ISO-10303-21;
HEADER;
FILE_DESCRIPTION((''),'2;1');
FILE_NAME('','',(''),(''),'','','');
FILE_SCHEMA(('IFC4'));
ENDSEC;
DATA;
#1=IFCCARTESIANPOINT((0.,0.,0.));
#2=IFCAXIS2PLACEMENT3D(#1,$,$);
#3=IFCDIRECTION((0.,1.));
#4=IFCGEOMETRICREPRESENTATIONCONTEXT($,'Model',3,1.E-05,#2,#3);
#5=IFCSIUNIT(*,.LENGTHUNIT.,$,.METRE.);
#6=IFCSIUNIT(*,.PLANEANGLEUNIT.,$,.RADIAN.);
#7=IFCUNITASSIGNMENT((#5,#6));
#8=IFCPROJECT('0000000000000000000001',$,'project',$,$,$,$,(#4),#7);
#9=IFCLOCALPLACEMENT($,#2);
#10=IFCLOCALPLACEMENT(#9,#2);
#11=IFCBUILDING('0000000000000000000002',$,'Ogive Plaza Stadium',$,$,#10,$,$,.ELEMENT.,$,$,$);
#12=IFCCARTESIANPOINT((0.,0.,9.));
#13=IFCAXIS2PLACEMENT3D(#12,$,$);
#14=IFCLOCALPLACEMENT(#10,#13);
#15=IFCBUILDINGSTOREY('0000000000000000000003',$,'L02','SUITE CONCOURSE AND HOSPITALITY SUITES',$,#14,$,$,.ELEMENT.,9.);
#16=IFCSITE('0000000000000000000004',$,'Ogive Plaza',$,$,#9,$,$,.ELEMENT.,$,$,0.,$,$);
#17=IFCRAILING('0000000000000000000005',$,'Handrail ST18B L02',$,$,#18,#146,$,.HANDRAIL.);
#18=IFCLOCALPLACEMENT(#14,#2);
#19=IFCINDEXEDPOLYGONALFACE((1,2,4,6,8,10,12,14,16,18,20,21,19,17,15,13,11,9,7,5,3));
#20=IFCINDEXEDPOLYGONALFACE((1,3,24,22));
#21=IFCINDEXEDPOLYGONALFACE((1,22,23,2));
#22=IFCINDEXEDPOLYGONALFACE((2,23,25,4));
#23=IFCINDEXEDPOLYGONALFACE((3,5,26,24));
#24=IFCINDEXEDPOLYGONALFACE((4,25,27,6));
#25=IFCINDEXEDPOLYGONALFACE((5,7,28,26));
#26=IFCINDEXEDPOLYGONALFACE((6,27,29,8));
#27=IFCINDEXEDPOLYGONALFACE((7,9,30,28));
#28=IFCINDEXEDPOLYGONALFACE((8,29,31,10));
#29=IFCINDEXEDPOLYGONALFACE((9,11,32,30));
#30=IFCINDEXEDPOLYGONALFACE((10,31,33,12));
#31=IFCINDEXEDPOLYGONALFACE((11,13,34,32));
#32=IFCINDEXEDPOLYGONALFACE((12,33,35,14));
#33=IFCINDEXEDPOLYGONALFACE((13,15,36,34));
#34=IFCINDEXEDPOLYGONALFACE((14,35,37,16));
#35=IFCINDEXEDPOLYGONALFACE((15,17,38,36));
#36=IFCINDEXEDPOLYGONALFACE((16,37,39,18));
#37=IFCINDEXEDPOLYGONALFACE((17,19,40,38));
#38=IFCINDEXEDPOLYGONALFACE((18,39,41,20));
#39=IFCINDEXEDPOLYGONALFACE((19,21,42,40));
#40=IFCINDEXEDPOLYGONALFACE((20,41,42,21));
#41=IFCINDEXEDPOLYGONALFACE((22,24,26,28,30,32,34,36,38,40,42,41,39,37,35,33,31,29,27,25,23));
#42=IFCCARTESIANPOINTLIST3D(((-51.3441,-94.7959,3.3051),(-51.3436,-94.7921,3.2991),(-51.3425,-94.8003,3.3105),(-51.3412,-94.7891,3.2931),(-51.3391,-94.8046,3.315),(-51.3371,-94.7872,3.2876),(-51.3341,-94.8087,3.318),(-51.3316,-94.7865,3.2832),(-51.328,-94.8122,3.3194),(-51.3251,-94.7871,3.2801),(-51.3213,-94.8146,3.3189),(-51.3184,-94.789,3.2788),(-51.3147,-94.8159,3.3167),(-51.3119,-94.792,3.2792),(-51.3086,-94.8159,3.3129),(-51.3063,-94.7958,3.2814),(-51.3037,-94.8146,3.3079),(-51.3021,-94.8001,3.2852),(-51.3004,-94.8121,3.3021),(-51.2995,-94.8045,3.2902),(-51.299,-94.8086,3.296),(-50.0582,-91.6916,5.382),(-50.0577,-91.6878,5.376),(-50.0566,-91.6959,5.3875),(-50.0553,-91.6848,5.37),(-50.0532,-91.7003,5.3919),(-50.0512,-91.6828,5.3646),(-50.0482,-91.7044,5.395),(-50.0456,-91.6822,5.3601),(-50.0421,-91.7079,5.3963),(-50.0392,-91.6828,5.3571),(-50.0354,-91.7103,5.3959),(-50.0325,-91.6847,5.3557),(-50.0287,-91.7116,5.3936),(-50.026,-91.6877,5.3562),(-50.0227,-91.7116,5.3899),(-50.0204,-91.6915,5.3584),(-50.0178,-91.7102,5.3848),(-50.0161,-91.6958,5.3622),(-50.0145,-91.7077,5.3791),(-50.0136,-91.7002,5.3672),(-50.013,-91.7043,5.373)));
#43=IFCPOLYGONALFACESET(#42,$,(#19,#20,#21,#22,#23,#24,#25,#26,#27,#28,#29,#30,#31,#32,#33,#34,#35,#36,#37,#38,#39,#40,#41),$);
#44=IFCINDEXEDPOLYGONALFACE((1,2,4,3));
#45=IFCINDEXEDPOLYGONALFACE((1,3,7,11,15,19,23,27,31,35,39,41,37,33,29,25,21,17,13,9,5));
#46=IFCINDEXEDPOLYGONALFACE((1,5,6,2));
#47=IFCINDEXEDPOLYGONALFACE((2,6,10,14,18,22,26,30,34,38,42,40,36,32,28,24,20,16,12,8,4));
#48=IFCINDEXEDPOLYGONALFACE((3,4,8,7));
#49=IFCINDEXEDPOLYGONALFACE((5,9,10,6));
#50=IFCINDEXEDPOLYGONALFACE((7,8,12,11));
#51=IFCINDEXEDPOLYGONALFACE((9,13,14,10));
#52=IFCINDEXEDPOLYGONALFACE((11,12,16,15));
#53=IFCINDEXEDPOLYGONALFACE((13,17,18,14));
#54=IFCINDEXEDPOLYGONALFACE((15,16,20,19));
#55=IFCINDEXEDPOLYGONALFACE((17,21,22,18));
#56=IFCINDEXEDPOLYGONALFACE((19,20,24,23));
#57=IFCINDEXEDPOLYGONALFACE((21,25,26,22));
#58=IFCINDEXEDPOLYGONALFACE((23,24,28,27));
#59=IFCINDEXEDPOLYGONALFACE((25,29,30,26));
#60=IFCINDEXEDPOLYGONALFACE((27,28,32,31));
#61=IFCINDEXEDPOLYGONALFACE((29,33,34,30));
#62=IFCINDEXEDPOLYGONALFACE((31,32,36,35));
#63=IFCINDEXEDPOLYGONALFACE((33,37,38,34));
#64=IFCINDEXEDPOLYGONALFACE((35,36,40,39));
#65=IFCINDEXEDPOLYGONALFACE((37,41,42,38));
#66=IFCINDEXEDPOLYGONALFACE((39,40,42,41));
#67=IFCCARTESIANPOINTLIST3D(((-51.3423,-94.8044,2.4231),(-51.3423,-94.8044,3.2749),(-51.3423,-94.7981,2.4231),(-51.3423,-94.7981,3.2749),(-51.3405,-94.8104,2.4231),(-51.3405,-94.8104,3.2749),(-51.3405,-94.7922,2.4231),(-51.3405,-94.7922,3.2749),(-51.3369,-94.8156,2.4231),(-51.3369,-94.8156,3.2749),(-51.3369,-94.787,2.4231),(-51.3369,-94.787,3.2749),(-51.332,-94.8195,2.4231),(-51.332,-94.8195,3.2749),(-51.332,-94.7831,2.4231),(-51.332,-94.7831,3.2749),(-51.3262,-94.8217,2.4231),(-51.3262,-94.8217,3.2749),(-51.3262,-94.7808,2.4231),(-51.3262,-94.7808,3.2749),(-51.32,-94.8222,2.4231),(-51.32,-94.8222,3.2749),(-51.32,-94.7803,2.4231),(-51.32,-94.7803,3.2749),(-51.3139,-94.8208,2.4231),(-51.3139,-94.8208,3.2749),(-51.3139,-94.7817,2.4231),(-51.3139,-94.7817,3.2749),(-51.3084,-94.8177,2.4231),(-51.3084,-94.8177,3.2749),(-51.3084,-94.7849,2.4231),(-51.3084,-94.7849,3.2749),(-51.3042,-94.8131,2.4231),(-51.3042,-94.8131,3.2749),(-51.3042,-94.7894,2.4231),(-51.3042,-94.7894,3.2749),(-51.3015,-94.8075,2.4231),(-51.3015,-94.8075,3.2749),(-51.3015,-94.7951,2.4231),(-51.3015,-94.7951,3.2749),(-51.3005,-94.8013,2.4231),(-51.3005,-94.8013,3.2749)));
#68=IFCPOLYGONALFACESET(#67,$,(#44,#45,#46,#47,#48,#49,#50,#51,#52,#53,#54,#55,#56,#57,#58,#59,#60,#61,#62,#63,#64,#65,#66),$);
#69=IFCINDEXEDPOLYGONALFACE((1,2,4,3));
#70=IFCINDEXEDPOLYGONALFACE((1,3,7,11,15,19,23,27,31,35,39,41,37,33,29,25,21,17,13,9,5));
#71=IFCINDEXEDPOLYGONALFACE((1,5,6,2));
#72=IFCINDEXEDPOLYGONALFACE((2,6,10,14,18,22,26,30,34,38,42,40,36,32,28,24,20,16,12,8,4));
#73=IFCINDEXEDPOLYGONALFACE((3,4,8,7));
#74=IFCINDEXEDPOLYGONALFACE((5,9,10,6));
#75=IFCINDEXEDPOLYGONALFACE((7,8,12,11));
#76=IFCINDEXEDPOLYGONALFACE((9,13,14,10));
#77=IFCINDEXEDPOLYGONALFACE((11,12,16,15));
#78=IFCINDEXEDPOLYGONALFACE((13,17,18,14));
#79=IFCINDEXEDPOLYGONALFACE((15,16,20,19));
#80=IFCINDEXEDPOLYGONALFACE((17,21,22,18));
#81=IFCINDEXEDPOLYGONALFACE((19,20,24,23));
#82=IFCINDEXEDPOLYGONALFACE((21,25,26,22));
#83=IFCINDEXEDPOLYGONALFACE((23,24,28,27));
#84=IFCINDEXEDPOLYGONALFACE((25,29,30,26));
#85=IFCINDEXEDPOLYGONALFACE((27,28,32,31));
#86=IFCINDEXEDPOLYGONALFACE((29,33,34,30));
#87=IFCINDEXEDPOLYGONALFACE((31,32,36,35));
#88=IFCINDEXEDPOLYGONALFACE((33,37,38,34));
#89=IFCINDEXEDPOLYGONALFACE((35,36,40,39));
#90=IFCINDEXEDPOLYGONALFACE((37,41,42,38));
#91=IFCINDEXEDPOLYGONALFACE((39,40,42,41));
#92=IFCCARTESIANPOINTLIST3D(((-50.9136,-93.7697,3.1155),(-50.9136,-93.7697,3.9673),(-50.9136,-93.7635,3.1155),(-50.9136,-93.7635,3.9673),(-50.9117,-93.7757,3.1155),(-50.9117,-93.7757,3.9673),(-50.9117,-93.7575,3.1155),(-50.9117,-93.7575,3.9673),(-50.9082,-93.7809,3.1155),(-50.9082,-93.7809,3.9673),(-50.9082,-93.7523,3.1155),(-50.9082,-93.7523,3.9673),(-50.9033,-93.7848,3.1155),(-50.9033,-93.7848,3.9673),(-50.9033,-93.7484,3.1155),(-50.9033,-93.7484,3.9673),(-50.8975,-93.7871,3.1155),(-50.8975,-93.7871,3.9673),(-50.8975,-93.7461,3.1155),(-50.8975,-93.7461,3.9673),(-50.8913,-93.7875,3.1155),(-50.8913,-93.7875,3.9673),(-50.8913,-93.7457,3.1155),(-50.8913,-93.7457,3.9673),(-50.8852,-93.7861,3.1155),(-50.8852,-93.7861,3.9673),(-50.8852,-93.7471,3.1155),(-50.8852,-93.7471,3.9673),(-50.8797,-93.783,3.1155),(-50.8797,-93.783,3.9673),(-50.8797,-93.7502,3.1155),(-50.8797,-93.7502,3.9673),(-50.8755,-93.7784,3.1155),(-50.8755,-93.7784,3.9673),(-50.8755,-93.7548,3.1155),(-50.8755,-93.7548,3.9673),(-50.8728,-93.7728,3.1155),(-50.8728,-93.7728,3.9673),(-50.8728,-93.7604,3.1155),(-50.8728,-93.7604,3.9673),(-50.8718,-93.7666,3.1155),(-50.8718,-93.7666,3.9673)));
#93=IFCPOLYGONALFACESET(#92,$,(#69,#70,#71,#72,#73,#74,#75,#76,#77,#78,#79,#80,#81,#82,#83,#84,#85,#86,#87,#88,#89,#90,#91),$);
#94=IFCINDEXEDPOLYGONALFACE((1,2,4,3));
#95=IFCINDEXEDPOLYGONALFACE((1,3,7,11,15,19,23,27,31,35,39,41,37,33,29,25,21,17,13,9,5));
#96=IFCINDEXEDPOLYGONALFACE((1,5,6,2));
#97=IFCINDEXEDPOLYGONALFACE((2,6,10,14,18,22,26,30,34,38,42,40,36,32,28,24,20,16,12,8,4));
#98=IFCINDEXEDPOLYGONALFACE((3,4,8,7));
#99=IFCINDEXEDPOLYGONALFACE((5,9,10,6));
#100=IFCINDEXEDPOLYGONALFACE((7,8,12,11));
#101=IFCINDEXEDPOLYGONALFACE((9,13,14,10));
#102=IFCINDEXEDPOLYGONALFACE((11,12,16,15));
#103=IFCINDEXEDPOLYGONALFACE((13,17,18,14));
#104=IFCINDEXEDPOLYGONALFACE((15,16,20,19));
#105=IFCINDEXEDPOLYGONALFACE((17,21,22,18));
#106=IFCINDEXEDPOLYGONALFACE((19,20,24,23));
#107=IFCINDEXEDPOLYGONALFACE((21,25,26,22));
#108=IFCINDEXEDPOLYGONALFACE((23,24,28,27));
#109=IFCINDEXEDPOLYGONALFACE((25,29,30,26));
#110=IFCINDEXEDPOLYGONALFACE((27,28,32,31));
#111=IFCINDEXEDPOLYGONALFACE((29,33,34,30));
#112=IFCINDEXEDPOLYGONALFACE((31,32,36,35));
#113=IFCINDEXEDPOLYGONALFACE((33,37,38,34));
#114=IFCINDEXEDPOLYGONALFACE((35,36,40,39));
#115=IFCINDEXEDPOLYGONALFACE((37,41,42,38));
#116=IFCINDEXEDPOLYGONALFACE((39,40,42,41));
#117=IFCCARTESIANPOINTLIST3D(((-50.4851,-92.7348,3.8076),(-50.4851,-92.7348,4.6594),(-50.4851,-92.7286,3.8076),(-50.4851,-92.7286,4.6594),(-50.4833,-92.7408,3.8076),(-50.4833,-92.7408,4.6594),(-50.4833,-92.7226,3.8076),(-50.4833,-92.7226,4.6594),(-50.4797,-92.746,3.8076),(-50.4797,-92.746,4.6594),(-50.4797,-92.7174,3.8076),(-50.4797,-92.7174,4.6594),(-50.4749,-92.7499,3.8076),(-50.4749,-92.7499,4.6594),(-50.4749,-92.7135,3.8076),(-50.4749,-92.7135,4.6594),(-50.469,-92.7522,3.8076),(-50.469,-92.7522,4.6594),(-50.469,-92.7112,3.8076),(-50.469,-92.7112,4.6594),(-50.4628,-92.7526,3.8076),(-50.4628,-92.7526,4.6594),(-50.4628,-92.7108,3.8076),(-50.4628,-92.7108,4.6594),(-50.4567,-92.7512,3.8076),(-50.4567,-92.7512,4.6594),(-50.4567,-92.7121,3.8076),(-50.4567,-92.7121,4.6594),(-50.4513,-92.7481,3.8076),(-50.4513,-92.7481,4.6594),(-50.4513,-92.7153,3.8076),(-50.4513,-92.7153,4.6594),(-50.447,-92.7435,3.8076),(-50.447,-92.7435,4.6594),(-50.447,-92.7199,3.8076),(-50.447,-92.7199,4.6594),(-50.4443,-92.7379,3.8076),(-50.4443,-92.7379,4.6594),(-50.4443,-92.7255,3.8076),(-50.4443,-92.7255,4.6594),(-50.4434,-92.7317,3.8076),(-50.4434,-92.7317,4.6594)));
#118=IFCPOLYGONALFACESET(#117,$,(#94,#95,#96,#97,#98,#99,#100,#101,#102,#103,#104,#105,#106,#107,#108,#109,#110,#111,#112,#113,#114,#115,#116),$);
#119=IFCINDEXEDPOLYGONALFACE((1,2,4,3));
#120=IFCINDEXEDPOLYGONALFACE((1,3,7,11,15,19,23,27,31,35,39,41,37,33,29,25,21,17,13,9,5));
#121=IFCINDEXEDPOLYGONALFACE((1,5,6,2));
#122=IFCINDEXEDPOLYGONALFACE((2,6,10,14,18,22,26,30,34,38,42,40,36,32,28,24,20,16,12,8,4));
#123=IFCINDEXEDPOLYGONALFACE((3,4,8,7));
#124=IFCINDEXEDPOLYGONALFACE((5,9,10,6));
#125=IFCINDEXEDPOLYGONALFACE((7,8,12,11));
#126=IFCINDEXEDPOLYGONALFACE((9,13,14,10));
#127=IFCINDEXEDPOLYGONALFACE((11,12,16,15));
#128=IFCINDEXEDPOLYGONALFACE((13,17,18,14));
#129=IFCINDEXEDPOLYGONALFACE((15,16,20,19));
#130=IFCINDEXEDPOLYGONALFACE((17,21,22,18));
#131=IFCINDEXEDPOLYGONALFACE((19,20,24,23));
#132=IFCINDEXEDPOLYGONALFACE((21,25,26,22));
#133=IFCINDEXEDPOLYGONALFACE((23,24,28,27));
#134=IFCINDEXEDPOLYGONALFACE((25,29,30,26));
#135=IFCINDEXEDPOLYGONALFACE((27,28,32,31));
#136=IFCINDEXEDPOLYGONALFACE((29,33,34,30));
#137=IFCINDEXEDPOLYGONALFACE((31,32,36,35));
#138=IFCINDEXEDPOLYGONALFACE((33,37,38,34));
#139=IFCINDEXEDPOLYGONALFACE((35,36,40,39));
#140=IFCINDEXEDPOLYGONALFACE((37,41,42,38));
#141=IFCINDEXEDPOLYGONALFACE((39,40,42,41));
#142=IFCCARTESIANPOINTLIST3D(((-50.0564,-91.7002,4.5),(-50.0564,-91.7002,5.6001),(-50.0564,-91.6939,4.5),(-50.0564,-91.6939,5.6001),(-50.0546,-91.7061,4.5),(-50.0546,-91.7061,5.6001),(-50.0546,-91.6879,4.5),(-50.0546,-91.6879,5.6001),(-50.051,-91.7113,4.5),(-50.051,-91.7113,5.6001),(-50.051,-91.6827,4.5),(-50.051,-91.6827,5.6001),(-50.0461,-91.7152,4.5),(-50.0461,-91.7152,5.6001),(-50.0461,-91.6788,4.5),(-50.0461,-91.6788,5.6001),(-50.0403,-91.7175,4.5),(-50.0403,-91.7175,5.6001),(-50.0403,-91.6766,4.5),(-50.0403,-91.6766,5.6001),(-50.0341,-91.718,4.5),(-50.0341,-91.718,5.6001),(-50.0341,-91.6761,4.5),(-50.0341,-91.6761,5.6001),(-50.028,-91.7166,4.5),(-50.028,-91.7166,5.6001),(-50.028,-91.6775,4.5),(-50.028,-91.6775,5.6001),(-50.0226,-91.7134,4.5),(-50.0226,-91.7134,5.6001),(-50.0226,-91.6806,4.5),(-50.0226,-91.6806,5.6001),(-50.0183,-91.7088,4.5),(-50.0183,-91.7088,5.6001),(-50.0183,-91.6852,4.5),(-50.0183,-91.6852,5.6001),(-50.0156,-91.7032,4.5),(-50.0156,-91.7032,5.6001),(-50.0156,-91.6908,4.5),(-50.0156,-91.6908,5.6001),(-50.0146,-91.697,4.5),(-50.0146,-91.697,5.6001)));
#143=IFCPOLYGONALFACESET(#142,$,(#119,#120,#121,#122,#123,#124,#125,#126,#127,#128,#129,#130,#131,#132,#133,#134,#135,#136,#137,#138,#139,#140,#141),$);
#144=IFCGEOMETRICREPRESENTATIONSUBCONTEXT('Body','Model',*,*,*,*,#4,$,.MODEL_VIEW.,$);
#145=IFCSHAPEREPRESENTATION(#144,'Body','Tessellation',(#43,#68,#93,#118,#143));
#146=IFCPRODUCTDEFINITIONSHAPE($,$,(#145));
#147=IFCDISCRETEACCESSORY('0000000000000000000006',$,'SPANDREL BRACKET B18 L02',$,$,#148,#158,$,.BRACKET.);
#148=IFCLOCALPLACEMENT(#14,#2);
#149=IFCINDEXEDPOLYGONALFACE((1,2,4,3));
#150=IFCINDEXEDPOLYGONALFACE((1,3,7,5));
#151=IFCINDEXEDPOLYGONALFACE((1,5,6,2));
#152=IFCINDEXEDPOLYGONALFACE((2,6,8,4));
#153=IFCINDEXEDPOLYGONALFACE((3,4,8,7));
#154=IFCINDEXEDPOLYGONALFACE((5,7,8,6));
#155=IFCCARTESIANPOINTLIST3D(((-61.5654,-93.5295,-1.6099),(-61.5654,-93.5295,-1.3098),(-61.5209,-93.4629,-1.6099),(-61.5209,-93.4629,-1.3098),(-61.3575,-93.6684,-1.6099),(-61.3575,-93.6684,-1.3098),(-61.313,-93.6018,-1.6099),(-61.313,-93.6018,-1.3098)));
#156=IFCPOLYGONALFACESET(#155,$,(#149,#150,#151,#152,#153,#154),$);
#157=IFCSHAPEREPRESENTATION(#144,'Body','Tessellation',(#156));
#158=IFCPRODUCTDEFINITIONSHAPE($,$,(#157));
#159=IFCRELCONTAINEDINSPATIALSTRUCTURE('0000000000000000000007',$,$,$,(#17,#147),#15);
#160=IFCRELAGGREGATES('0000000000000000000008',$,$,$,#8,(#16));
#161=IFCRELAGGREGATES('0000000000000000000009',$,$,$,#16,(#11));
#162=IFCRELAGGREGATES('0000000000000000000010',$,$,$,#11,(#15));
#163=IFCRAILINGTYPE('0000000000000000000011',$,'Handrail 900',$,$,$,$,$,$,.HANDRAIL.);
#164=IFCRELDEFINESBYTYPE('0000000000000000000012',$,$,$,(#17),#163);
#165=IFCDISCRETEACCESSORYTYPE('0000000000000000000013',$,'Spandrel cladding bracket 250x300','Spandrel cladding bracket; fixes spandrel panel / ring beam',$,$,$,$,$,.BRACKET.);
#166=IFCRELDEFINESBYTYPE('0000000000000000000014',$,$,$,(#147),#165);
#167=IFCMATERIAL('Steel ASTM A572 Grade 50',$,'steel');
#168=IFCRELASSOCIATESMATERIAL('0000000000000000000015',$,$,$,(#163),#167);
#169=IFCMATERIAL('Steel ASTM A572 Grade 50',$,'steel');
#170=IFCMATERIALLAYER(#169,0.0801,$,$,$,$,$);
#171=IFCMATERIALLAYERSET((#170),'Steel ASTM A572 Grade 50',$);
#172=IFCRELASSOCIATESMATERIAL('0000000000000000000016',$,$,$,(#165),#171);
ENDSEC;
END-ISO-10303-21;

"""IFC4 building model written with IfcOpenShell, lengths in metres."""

from ifc_helpers import new_model, si_unit, direction, frame, origin, origin_2d, place, context, subcontext, project, spatial, rectangle, circle, extrude, material, layer, layer_set, type_object, element, save


model = new_model("IFC4")

# Units and contexts
model_context = context("Model", 3, precision=1e-05, world=origin(), true_north=direction((0.0, 1.0)))
body_context = subcontext(model_context, "Body", "Model", "MODEL_VIEW")
ifc_project = project(units=[si_unit("LENGTHUNIT", "METRE"), si_unit("PLANEANGLEUNIT", "RADIAN")], contexts=[model_context])

# Site, building, storey
site_placement = place(None, origin())
site = spatial("IfcSite", under=ifc_project, at=site_placement, Name="Ogive Plaza", CompositionType="ELEMENT", RefElevation=0.0)
building_placement = place(site_placement, origin())
building = spatial("IfcBuilding", under=site, at=building_placement, Name="Ogive Plaza Stadium", CompositionType="ELEMENT")
storey_placement = place(building_placement, frame((0.0, 0.0, 9.0)))
storey = spatial("IfcBuildingStorey", under=building, at=storey_placement, Name="L02", Description="SUITE CONCOURSE AND HOSPITALITY SUITES", CompositionType="ELEMENT", Elevation=9.0)

# Railing
ifc_material_1 = material(Name="Steel ASTM A572 Grade 50", Category="steel")
railing_type_1 = type_object("IfcRailingType", Name="Handrail 900", PredefinedType="HANDRAIL", material=ifc_material_1)
railing_1_placement = place(storey_placement, frame((-51.3215, -94.8013, 2.4231)))
element("IfcRailing", 1, at=railing_1_placement, inside=storey, type_object=railing_type_1, Name="Handrail ST18B L02", PredefinedType="HANDRAIL", context=body_context, shape_type="SweptSolid", body=[
    extrude(circle(Radius=0.0239, at=origin_2d()), frame((0.0, 0.0, 0.876), z_axis=(0.325532, 0.785863, 0.525783), x_axis=(-0.923872, 0.3827, 0.0)), (0.0, 0.0, 1.0), 3.9502),
    extrude(circle(Radius=0.021, at=origin_2d()), origin(), (0.0, 0.0, 1.0), 0.8518),
    extrude(circle(Radius=0.021, at=origin_2d()), frame((0.4287, 1.0347, 0.6924)), (0.0, 0.0, 1.0), 0.8518),
    extrude(circle(Radius=0.021, at=origin_2d()), frame((0.8572, 2.0696, 1.3845)), (0.0, 0.0, 1.0), 0.8518),
    extrude(circle(Radius=0.021, at=origin_2d()), frame((1.2859, 3.1042, 2.0769)), (0.0, 0.0, 1.0), 1.1001),
])

# Discrete accessory
ifc_material_2 = material(Name="Steel ASTM A572 Grade 50", Category="steel")
ifc_layer_1 = layer(ifc_material_2, 0.0801)
ifc_layer_set_1 = layer_set([ifc_layer_1], Name="Steel ASTM A572 Grade 50")
discrete_accessory_type = type_object("IfcDiscreteAccessoryType", Name="Spandrel cladding bracket 250x300", Description="Spandrel cladding bracket; fixes spandrel panel / ring beam", PredefinedType="BRACKET", material=ifc_layer_set_1)
discrete_accessory_placement = place(storey_placement, frame((-61.4392, -93.5657, -1.6099), z_axis=(0.0, 0.0, 1.0), x_axis=(-0.83147, 0.55557, 0.0)))
element("IfcDiscreteAccessory", 2, at=discrete_accessory_placement, inside=storey, type_object=discrete_accessory_type, Name="SPANDREL BRACKET B18 L02", PredefinedType="BRACKET", context=body_context, shape_type="SweptSolid", body=[
    extrude(rectangle(XDim=0.25, YDim=0.0801, at=origin_2d()), origin(), (0.0, 0.0, 1.0), 0.3),
])

save(model, "model.ifc")
